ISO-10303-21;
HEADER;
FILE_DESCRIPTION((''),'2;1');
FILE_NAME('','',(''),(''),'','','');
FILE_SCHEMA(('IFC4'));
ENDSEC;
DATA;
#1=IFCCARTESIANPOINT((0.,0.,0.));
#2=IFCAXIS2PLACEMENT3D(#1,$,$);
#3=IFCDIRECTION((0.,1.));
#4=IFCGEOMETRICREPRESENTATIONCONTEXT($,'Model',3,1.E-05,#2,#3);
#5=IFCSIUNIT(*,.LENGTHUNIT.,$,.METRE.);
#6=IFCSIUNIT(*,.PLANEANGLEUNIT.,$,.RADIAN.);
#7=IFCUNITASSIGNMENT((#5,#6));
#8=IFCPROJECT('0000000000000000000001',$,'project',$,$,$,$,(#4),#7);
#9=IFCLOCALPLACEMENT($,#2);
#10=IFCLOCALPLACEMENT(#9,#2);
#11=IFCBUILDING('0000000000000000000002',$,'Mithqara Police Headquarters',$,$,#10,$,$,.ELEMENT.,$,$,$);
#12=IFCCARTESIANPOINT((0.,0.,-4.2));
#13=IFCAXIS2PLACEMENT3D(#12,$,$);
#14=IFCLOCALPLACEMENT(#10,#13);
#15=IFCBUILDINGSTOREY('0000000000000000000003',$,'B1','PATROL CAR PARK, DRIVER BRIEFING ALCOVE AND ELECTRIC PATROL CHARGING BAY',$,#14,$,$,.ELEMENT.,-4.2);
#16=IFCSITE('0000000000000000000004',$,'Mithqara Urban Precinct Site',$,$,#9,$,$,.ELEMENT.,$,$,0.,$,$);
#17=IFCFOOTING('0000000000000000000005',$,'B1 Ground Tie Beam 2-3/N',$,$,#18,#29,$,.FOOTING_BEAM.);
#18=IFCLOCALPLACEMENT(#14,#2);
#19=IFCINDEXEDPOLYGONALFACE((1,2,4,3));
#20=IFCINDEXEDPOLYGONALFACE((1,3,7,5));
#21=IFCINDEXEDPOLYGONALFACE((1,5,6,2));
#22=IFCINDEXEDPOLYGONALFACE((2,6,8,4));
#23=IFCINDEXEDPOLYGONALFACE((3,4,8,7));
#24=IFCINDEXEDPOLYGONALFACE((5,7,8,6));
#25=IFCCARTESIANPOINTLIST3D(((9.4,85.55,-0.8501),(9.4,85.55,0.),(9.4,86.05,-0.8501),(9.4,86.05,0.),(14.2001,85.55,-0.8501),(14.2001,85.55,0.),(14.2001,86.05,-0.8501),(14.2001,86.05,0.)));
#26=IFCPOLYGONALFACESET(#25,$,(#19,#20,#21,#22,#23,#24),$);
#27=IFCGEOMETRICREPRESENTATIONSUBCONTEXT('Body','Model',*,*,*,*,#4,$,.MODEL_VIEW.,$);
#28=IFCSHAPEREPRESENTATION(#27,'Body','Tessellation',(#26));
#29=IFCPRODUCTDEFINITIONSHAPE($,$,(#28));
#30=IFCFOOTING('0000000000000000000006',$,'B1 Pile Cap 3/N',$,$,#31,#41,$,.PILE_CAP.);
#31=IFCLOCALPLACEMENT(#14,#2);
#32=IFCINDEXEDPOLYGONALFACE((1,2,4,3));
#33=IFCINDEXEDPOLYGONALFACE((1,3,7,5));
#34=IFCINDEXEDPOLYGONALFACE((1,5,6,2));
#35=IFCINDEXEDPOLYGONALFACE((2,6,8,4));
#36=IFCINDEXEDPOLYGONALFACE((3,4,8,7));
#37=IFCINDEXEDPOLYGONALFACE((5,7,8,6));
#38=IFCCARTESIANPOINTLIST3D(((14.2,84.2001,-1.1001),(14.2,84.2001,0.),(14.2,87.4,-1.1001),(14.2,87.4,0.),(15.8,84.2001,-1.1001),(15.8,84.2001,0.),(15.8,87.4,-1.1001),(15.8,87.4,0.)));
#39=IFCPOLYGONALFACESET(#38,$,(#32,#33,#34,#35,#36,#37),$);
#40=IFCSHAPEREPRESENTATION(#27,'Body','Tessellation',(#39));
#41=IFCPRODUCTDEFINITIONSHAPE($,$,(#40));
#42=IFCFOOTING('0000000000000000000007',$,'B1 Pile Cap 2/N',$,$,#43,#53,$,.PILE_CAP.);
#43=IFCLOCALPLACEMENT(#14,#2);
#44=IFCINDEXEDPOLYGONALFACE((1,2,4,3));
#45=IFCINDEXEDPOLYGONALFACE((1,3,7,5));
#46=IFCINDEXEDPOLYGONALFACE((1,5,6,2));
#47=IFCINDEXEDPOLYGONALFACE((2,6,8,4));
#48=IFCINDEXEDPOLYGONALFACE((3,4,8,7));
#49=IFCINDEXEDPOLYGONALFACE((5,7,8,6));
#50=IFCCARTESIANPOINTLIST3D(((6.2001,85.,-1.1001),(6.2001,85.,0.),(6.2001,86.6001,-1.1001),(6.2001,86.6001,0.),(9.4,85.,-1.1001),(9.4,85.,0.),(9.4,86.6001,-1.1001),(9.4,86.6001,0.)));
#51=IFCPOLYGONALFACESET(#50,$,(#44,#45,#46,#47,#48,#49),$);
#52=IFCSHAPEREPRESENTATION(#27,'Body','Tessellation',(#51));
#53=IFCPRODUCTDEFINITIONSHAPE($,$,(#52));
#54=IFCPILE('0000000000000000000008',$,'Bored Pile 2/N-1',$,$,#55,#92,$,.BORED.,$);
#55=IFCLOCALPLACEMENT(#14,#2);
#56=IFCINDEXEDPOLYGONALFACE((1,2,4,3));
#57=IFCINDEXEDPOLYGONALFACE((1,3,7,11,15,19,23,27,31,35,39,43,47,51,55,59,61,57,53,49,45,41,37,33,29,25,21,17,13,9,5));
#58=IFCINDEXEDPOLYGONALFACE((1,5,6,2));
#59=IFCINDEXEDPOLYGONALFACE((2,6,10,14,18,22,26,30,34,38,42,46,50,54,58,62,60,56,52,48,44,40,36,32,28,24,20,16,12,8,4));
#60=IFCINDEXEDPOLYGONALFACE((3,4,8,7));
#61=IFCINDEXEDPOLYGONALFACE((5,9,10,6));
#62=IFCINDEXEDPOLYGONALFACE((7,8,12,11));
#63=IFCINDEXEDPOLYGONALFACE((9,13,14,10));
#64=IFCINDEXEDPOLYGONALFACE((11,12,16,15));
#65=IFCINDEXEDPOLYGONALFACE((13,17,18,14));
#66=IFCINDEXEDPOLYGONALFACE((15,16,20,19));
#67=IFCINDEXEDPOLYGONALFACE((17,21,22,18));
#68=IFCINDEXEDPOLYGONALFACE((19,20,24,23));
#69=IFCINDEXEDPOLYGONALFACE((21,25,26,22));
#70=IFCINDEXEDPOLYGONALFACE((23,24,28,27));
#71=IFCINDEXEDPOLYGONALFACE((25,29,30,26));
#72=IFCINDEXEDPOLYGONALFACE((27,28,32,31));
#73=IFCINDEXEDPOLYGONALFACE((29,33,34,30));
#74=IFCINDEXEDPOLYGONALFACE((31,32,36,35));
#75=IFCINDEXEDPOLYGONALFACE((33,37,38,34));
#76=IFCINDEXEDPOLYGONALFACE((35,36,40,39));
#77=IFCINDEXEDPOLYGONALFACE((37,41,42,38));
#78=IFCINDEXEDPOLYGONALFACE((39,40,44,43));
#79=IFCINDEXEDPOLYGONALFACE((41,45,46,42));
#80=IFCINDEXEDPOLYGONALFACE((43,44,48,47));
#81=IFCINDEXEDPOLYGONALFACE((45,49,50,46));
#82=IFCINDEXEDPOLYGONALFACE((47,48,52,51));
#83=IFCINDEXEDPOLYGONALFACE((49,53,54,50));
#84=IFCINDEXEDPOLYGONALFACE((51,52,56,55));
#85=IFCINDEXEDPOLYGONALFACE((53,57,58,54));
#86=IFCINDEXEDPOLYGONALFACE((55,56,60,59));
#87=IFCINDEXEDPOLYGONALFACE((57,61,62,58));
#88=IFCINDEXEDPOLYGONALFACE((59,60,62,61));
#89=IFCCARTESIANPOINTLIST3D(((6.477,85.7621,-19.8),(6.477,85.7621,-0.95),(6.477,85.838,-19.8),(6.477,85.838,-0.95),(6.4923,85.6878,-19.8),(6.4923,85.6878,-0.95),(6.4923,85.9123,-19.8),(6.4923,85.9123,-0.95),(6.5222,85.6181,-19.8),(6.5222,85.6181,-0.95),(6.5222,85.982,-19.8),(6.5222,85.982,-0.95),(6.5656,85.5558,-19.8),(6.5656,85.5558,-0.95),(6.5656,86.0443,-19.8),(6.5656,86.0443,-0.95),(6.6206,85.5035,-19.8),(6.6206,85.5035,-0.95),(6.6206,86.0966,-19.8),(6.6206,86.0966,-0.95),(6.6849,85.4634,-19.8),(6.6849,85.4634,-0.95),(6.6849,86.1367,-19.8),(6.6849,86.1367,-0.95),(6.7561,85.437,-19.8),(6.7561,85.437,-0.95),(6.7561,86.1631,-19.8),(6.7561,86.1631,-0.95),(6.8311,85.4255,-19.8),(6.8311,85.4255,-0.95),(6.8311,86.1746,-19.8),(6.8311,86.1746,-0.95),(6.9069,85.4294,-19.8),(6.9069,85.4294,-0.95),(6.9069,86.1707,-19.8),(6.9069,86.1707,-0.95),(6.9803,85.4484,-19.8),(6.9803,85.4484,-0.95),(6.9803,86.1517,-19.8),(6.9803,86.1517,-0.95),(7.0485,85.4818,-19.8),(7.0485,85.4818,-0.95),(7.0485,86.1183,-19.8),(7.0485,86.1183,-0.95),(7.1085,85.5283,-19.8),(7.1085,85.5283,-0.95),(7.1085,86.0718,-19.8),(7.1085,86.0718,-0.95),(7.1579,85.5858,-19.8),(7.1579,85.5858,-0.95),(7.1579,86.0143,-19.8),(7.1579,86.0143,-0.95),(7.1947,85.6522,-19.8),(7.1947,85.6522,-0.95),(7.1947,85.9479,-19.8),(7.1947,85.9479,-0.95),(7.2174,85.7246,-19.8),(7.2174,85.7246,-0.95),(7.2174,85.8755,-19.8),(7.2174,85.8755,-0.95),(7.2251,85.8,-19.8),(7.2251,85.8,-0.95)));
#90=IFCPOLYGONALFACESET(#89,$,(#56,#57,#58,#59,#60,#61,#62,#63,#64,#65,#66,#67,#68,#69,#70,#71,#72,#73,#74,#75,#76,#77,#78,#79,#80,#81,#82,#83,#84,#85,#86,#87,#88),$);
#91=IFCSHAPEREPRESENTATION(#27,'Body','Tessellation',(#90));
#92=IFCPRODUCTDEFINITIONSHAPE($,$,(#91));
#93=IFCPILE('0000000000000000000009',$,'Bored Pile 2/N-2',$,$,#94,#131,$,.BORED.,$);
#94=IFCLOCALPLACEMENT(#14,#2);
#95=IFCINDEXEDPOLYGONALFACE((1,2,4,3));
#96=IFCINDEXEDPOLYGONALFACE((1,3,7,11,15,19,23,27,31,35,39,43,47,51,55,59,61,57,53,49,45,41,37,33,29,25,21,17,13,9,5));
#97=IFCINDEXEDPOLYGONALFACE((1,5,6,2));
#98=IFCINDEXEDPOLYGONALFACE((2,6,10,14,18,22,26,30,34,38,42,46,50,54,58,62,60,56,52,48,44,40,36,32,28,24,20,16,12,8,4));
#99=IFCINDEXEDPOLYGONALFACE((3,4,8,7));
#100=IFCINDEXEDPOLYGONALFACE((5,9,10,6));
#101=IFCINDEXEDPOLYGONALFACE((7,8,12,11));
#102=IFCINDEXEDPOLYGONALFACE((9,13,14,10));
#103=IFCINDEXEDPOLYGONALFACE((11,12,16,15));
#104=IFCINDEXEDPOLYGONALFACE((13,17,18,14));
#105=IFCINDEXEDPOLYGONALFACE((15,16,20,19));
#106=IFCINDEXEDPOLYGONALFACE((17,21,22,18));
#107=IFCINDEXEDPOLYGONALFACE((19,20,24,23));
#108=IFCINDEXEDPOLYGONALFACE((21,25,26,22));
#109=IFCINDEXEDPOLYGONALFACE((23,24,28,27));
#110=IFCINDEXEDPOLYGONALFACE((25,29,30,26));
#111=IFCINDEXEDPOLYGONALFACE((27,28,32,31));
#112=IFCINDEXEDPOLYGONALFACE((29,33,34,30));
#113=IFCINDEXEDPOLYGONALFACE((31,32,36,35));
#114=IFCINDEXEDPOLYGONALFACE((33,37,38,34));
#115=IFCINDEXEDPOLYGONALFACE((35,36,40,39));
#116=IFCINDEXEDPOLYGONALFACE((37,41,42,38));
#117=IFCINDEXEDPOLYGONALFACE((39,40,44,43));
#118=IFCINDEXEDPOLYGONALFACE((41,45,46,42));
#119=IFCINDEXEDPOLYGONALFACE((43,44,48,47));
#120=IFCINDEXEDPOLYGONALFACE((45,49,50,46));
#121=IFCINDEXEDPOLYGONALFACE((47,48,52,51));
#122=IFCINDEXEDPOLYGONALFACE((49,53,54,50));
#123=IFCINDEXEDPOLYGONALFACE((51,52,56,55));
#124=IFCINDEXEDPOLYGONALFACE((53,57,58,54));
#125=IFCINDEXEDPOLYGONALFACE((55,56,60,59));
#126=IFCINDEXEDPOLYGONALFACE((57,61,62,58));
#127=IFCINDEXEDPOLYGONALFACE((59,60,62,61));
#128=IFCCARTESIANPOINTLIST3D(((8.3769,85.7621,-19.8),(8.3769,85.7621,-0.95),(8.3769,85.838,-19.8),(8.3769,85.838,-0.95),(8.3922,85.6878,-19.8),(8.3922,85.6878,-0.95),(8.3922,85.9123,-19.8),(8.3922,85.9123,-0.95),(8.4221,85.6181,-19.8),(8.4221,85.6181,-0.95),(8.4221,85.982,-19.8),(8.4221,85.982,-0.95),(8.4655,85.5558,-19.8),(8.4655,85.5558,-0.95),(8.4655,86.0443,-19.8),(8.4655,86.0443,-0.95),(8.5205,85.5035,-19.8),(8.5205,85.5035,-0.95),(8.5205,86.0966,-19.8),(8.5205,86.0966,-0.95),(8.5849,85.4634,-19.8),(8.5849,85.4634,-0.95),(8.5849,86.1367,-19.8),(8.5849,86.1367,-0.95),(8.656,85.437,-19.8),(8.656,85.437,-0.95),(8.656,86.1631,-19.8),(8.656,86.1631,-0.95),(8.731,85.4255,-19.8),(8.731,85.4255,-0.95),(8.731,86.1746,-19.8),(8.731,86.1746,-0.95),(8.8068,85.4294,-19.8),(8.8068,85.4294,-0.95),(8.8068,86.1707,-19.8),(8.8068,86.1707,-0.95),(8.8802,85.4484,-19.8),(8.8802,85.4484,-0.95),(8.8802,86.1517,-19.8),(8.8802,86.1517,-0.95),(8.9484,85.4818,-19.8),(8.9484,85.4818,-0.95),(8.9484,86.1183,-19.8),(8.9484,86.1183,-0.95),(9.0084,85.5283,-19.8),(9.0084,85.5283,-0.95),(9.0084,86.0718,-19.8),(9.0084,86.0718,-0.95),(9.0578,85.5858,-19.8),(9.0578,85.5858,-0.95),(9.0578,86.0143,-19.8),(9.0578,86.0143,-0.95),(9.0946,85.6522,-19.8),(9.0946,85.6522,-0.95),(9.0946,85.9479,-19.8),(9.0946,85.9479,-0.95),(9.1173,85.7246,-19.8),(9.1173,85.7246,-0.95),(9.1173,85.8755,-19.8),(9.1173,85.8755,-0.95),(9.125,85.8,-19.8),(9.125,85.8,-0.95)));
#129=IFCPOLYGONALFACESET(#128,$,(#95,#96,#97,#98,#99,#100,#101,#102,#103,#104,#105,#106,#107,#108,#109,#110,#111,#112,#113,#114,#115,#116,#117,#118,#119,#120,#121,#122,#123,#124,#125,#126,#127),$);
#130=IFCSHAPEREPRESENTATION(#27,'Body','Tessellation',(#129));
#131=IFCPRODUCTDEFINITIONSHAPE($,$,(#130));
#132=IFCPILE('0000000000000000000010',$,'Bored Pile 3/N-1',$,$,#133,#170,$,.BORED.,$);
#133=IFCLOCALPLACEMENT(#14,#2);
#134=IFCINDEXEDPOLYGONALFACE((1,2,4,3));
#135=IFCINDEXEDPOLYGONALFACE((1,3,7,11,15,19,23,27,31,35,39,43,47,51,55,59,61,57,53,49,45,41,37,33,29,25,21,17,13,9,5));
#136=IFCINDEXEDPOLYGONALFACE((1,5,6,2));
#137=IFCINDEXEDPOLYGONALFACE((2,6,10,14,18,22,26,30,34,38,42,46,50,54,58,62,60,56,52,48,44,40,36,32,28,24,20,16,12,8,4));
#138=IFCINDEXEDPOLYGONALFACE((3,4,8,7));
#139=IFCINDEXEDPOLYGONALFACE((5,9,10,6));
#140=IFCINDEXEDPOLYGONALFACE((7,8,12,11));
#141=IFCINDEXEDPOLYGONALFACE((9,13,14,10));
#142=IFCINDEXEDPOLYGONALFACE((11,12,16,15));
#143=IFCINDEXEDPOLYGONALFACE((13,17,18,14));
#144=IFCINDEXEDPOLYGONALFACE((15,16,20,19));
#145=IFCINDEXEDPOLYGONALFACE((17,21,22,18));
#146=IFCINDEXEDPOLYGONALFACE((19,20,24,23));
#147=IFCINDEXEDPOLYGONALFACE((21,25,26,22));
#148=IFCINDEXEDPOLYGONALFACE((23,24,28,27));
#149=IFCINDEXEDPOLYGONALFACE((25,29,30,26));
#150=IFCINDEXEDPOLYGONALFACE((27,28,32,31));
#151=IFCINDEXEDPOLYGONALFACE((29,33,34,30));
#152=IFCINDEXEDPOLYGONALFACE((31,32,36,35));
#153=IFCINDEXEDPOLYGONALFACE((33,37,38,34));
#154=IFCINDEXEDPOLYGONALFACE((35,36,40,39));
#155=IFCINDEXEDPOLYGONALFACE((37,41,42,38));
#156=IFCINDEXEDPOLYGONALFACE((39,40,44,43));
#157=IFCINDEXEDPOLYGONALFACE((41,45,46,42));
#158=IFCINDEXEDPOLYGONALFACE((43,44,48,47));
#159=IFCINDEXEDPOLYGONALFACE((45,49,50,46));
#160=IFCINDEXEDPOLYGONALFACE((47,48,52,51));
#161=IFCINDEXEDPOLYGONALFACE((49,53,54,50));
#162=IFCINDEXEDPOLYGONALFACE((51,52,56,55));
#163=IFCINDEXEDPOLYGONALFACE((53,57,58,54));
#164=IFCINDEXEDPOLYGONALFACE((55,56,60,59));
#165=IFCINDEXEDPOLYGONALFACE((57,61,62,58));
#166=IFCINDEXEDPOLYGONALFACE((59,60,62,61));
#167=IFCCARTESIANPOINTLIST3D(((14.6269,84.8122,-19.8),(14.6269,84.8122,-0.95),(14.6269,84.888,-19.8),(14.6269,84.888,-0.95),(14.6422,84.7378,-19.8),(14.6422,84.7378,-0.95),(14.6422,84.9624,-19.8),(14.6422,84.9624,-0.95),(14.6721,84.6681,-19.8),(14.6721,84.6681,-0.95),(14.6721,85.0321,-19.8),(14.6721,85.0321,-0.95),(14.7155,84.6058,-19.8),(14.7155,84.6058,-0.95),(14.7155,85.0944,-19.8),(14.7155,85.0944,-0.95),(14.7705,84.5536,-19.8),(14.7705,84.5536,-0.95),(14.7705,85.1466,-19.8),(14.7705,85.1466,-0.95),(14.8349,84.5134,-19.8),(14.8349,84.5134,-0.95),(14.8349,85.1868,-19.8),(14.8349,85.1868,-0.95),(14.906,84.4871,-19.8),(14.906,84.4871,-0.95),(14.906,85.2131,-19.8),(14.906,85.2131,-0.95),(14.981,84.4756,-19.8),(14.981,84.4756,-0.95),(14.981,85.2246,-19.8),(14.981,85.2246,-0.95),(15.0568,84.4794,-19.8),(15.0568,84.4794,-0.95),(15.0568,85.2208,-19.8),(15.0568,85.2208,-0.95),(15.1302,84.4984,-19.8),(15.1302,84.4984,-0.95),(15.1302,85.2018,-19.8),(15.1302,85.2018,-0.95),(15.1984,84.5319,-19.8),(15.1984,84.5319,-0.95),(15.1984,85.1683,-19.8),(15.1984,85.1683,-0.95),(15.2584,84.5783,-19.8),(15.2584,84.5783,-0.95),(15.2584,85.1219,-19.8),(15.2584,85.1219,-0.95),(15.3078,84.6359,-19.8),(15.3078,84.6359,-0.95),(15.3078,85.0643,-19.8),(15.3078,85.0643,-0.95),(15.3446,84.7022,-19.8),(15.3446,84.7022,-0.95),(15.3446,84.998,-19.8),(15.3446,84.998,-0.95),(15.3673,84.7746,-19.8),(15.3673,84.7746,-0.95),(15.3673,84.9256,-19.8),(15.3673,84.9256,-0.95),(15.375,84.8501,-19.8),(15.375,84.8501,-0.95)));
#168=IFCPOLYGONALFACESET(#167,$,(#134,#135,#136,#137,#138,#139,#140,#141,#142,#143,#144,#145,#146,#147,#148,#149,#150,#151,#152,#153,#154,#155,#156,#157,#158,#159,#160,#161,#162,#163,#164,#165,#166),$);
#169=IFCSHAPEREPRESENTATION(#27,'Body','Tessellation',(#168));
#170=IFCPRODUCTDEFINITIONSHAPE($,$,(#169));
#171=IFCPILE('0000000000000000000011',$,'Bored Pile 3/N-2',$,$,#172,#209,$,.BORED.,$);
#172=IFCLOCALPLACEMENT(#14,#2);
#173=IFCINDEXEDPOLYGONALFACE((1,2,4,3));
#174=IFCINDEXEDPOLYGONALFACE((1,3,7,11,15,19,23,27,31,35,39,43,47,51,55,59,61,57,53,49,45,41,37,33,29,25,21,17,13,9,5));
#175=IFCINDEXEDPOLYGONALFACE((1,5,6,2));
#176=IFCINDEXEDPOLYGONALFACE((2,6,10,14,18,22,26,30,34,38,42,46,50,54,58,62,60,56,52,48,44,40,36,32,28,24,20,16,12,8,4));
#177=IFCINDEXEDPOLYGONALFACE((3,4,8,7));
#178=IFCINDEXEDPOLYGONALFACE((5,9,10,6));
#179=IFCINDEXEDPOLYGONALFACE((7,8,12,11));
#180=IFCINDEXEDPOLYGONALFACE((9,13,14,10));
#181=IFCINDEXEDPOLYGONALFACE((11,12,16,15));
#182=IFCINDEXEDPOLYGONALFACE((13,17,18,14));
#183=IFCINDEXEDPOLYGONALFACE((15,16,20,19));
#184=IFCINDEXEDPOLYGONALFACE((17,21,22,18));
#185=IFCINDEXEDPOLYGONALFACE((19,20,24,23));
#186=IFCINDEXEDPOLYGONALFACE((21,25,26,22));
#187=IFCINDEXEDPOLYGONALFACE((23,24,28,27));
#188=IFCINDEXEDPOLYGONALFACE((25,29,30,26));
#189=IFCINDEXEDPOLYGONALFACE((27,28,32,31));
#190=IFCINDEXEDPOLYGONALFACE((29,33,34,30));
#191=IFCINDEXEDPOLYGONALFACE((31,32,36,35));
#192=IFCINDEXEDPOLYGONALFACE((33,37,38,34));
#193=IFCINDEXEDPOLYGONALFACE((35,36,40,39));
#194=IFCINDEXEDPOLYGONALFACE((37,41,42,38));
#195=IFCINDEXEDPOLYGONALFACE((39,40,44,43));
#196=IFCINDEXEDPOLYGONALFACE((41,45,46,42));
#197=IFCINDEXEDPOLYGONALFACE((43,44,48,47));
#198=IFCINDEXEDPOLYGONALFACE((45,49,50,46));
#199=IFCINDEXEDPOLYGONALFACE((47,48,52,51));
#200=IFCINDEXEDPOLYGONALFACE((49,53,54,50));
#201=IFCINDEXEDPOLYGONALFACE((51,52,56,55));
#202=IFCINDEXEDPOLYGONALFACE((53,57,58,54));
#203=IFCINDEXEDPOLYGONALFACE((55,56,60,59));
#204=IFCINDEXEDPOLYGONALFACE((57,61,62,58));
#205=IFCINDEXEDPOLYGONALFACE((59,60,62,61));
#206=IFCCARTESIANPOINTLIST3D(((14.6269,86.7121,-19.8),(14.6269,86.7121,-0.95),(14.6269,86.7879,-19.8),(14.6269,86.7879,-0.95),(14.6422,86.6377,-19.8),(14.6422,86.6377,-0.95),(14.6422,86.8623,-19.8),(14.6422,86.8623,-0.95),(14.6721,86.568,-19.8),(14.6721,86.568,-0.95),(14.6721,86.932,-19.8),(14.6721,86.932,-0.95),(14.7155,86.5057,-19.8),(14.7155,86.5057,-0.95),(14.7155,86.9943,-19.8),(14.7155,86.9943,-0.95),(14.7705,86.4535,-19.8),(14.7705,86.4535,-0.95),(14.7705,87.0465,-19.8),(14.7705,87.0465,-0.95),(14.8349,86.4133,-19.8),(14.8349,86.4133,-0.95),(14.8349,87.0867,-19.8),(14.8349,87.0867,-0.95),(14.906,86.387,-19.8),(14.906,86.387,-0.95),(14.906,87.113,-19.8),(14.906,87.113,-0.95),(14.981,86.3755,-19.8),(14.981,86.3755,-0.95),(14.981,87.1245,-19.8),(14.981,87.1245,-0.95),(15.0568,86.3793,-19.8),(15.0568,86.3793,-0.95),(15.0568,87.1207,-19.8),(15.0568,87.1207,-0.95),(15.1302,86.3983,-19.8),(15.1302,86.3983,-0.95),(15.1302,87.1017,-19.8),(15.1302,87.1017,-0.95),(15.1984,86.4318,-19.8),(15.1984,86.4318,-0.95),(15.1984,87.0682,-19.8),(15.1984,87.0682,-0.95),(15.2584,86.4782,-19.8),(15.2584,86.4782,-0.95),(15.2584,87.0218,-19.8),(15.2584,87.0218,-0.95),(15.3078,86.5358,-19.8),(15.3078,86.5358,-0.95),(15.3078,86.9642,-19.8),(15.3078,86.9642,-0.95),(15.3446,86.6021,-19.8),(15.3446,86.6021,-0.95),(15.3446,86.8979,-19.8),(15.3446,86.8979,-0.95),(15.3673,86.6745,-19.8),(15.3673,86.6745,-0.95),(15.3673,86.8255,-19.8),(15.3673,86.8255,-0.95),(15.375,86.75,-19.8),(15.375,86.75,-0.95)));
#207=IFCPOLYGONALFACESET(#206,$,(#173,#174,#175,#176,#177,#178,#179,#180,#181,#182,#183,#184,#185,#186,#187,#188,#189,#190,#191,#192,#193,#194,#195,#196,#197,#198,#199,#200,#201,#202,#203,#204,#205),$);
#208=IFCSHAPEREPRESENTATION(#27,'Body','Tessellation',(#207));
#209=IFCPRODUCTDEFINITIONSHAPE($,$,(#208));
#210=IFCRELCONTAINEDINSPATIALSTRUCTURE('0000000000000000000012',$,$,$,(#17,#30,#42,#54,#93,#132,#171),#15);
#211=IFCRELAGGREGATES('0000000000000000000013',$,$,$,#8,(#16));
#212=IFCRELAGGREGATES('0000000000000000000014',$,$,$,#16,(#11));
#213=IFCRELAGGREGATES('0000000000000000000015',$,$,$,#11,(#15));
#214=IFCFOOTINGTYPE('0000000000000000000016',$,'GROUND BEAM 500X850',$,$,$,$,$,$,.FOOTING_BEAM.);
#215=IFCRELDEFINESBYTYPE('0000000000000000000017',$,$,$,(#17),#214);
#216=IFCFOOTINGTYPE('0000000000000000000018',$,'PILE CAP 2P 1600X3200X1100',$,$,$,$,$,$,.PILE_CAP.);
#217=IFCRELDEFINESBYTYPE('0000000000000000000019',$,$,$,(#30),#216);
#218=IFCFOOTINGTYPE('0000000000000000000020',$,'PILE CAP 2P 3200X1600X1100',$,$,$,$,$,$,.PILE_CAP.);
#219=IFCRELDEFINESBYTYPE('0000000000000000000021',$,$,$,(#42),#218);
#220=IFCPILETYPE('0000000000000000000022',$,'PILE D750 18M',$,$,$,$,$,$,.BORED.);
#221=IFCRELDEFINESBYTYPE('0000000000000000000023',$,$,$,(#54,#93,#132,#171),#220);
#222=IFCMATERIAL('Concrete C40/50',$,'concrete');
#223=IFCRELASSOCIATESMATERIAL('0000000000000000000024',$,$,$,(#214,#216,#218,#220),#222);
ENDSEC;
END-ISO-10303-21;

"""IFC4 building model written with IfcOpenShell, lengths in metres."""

from ifc_helpers import new_model, si_unit, direction, frame, origin, origin_2d, place, context, subcontext, project, spatial, rectangle, circle, extrude, material, material_profile, profile_set, type_object, element, save


model = new_model("IFC4")

# Units and contexts
model_context = context("Model", 3, precision=1e-05, world=origin(), true_north=direction((0.0, 1.0)))
body_context = subcontext(model_context, "Body", "Model", "MODEL_VIEW")
ifc_project = project(units=[si_unit("LENGTHUNIT", "METRE"), si_unit("PLANEANGLEUNIT", "RADIAN")], contexts=[model_context])

# Site, building, storey
site_placement = place(None, origin())
site = spatial("IfcSite", under=ifc_project, at=site_placement, Name="Mithqara Urban Precinct Site", CompositionType="ELEMENT", RefElevation=0.0)
building_placement = place(site_placement, origin())
building = spatial("IfcBuilding", under=site, at=building_placement, Name="Mithqara Police Headquarters", CompositionType="ELEMENT")
storey_placement = place(building_placement, frame((0.0, 0.0, -4.2)))
storey = spatial("IfcBuildingStorey", under=building, at=storey_placement, Name="B1", Description="PATROL CAR PARK, DRIVER BRIEFING ALCOVE AND ELECTRIC PATROL CHARGING BAY", CompositionType="ELEMENT", Elevation=-4.2)

# Footings
ifc_material_1 = material(Name="Concrete C40/50", Category="concrete")
footing_type_1 = type_object("IfcFootingType", Name="GROUND BEAM 500X850", PredefinedType="FOOTING_BEAM", material=ifc_material_1)
footing_1_placement = place(storey_placement, frame((11.8, 85.8, -0.8501), z_axis=(0.0, 0.0, 1.0), x_axis=(1.0, 0.0, 0.0)))
element("IfcFooting", 1, at=footing_1_placement, inside=storey, type_object=footing_type_1, Name="B1 Ground Tie Beam 2-3/N", PredefinedType="FOOTING_BEAM", context=body_context, shape_type="SweptSolid", body=[
    extrude(rectangle(XDim=4.8, YDim=0.5, at=origin_2d()), origin(), (0.0, 0.0, 1.0), 0.8501),
])
footing_type_2 = type_object("IfcFootingType", Name="PILE CAP 2P 1600X3200X1100", PredefinedType="PILE_CAP", material=ifc_material_1)
footing_2_placement = place(storey_placement, frame((15.0, 85.8, -1.1001), z_axis=(0.0, 0.0, 1.0), x_axis=(1.0, 0.0, 0.0)))
element("IfcFooting", 2, at=footing_2_placement, inside=storey, type_object=footing_type_2, Name="B1 Pile Cap 3/N", PredefinedType="PILE_CAP", context=body_context, shape_type="SweptSolid", body=[
    extrude(rectangle(XDim=1.6001, YDim=3.2, at=origin_2d()), origin(), (0.0, 0.0, 1.0), 1.1001),
])
footing_type_3 = type_object("IfcFootingType", Name="PILE CAP 2P 3200X1600X1100", PredefinedType="PILE_CAP", material=ifc_material_1)
footing_3_placement = place(storey_placement, frame((7.8, 85.8, -1.1001), z_axis=(0.0, 0.0, 1.0), x_axis=(1.0, 0.0, 0.0)))
element("IfcFooting", 3, at=footing_3_placement, inside=storey, type_object=footing_type_3, Name="B1 Pile Cap 2/N", PredefinedType="PILE_CAP", context=body_context, shape_type="SweptSolid", body=[
    extrude(rectangle(XDim=3.2, YDim=1.6001, at=origin_2d()), origin(), (0.0, 0.0, 1.0), 1.1001),
])

# Piles
ifc_material_profile_1 = material_profile(ifc_material_1, circle(Radius=0.375, at=origin_2d()), Name="PILE D750")
ifc_profile_set_1 = profile_set([ifc_material_profile_1], Name="Concrete C40/50")
pile_type = type_object("IfcPileType", Name="PILE D750 18M", PredefinedType="BORED", material=ifc_profile_set_1)
for number, where, z_axis, x_axis, name in (
    (4, (6.8501, 85.8, -0.95), (0.0, 0.0, -1.0), (1.0, 0.0, 0.0), "Bored Pile 2/N-1"),
    (5, (8.75, 85.8, -0.95), (0.0, 0.0, -1.0), (1.0, 0.0, 0.0), "Bored Pile 2/N-2"),
    (6, (15.0, 84.8501, -0.95), (0.0, 0.0, -1.0), (1.0, 0.0, 0.0), "Bored Pile 3/N-1"),
    (7, (15.0, 86.75, -0.95), (0.0, 0.0, -1.0), (1.0, 0.0, 0.0), "Bored Pile 3/N-2"),
):
    element("IfcPile", number, at=place(storey_placement, frame(where, z_axis=z_axis, x_axis=x_axis)), inside=storey, type_object=pile_type, Name=name, PredefinedType="BORED", context=body_context, shape_type="SweptSolid", body=[
        extrude(circle(Radius=0.375, at=origin_2d()), origin(), (0.0, 0.0, 1.0), 18.8501),
    ])

save(model, "model.ifc")
